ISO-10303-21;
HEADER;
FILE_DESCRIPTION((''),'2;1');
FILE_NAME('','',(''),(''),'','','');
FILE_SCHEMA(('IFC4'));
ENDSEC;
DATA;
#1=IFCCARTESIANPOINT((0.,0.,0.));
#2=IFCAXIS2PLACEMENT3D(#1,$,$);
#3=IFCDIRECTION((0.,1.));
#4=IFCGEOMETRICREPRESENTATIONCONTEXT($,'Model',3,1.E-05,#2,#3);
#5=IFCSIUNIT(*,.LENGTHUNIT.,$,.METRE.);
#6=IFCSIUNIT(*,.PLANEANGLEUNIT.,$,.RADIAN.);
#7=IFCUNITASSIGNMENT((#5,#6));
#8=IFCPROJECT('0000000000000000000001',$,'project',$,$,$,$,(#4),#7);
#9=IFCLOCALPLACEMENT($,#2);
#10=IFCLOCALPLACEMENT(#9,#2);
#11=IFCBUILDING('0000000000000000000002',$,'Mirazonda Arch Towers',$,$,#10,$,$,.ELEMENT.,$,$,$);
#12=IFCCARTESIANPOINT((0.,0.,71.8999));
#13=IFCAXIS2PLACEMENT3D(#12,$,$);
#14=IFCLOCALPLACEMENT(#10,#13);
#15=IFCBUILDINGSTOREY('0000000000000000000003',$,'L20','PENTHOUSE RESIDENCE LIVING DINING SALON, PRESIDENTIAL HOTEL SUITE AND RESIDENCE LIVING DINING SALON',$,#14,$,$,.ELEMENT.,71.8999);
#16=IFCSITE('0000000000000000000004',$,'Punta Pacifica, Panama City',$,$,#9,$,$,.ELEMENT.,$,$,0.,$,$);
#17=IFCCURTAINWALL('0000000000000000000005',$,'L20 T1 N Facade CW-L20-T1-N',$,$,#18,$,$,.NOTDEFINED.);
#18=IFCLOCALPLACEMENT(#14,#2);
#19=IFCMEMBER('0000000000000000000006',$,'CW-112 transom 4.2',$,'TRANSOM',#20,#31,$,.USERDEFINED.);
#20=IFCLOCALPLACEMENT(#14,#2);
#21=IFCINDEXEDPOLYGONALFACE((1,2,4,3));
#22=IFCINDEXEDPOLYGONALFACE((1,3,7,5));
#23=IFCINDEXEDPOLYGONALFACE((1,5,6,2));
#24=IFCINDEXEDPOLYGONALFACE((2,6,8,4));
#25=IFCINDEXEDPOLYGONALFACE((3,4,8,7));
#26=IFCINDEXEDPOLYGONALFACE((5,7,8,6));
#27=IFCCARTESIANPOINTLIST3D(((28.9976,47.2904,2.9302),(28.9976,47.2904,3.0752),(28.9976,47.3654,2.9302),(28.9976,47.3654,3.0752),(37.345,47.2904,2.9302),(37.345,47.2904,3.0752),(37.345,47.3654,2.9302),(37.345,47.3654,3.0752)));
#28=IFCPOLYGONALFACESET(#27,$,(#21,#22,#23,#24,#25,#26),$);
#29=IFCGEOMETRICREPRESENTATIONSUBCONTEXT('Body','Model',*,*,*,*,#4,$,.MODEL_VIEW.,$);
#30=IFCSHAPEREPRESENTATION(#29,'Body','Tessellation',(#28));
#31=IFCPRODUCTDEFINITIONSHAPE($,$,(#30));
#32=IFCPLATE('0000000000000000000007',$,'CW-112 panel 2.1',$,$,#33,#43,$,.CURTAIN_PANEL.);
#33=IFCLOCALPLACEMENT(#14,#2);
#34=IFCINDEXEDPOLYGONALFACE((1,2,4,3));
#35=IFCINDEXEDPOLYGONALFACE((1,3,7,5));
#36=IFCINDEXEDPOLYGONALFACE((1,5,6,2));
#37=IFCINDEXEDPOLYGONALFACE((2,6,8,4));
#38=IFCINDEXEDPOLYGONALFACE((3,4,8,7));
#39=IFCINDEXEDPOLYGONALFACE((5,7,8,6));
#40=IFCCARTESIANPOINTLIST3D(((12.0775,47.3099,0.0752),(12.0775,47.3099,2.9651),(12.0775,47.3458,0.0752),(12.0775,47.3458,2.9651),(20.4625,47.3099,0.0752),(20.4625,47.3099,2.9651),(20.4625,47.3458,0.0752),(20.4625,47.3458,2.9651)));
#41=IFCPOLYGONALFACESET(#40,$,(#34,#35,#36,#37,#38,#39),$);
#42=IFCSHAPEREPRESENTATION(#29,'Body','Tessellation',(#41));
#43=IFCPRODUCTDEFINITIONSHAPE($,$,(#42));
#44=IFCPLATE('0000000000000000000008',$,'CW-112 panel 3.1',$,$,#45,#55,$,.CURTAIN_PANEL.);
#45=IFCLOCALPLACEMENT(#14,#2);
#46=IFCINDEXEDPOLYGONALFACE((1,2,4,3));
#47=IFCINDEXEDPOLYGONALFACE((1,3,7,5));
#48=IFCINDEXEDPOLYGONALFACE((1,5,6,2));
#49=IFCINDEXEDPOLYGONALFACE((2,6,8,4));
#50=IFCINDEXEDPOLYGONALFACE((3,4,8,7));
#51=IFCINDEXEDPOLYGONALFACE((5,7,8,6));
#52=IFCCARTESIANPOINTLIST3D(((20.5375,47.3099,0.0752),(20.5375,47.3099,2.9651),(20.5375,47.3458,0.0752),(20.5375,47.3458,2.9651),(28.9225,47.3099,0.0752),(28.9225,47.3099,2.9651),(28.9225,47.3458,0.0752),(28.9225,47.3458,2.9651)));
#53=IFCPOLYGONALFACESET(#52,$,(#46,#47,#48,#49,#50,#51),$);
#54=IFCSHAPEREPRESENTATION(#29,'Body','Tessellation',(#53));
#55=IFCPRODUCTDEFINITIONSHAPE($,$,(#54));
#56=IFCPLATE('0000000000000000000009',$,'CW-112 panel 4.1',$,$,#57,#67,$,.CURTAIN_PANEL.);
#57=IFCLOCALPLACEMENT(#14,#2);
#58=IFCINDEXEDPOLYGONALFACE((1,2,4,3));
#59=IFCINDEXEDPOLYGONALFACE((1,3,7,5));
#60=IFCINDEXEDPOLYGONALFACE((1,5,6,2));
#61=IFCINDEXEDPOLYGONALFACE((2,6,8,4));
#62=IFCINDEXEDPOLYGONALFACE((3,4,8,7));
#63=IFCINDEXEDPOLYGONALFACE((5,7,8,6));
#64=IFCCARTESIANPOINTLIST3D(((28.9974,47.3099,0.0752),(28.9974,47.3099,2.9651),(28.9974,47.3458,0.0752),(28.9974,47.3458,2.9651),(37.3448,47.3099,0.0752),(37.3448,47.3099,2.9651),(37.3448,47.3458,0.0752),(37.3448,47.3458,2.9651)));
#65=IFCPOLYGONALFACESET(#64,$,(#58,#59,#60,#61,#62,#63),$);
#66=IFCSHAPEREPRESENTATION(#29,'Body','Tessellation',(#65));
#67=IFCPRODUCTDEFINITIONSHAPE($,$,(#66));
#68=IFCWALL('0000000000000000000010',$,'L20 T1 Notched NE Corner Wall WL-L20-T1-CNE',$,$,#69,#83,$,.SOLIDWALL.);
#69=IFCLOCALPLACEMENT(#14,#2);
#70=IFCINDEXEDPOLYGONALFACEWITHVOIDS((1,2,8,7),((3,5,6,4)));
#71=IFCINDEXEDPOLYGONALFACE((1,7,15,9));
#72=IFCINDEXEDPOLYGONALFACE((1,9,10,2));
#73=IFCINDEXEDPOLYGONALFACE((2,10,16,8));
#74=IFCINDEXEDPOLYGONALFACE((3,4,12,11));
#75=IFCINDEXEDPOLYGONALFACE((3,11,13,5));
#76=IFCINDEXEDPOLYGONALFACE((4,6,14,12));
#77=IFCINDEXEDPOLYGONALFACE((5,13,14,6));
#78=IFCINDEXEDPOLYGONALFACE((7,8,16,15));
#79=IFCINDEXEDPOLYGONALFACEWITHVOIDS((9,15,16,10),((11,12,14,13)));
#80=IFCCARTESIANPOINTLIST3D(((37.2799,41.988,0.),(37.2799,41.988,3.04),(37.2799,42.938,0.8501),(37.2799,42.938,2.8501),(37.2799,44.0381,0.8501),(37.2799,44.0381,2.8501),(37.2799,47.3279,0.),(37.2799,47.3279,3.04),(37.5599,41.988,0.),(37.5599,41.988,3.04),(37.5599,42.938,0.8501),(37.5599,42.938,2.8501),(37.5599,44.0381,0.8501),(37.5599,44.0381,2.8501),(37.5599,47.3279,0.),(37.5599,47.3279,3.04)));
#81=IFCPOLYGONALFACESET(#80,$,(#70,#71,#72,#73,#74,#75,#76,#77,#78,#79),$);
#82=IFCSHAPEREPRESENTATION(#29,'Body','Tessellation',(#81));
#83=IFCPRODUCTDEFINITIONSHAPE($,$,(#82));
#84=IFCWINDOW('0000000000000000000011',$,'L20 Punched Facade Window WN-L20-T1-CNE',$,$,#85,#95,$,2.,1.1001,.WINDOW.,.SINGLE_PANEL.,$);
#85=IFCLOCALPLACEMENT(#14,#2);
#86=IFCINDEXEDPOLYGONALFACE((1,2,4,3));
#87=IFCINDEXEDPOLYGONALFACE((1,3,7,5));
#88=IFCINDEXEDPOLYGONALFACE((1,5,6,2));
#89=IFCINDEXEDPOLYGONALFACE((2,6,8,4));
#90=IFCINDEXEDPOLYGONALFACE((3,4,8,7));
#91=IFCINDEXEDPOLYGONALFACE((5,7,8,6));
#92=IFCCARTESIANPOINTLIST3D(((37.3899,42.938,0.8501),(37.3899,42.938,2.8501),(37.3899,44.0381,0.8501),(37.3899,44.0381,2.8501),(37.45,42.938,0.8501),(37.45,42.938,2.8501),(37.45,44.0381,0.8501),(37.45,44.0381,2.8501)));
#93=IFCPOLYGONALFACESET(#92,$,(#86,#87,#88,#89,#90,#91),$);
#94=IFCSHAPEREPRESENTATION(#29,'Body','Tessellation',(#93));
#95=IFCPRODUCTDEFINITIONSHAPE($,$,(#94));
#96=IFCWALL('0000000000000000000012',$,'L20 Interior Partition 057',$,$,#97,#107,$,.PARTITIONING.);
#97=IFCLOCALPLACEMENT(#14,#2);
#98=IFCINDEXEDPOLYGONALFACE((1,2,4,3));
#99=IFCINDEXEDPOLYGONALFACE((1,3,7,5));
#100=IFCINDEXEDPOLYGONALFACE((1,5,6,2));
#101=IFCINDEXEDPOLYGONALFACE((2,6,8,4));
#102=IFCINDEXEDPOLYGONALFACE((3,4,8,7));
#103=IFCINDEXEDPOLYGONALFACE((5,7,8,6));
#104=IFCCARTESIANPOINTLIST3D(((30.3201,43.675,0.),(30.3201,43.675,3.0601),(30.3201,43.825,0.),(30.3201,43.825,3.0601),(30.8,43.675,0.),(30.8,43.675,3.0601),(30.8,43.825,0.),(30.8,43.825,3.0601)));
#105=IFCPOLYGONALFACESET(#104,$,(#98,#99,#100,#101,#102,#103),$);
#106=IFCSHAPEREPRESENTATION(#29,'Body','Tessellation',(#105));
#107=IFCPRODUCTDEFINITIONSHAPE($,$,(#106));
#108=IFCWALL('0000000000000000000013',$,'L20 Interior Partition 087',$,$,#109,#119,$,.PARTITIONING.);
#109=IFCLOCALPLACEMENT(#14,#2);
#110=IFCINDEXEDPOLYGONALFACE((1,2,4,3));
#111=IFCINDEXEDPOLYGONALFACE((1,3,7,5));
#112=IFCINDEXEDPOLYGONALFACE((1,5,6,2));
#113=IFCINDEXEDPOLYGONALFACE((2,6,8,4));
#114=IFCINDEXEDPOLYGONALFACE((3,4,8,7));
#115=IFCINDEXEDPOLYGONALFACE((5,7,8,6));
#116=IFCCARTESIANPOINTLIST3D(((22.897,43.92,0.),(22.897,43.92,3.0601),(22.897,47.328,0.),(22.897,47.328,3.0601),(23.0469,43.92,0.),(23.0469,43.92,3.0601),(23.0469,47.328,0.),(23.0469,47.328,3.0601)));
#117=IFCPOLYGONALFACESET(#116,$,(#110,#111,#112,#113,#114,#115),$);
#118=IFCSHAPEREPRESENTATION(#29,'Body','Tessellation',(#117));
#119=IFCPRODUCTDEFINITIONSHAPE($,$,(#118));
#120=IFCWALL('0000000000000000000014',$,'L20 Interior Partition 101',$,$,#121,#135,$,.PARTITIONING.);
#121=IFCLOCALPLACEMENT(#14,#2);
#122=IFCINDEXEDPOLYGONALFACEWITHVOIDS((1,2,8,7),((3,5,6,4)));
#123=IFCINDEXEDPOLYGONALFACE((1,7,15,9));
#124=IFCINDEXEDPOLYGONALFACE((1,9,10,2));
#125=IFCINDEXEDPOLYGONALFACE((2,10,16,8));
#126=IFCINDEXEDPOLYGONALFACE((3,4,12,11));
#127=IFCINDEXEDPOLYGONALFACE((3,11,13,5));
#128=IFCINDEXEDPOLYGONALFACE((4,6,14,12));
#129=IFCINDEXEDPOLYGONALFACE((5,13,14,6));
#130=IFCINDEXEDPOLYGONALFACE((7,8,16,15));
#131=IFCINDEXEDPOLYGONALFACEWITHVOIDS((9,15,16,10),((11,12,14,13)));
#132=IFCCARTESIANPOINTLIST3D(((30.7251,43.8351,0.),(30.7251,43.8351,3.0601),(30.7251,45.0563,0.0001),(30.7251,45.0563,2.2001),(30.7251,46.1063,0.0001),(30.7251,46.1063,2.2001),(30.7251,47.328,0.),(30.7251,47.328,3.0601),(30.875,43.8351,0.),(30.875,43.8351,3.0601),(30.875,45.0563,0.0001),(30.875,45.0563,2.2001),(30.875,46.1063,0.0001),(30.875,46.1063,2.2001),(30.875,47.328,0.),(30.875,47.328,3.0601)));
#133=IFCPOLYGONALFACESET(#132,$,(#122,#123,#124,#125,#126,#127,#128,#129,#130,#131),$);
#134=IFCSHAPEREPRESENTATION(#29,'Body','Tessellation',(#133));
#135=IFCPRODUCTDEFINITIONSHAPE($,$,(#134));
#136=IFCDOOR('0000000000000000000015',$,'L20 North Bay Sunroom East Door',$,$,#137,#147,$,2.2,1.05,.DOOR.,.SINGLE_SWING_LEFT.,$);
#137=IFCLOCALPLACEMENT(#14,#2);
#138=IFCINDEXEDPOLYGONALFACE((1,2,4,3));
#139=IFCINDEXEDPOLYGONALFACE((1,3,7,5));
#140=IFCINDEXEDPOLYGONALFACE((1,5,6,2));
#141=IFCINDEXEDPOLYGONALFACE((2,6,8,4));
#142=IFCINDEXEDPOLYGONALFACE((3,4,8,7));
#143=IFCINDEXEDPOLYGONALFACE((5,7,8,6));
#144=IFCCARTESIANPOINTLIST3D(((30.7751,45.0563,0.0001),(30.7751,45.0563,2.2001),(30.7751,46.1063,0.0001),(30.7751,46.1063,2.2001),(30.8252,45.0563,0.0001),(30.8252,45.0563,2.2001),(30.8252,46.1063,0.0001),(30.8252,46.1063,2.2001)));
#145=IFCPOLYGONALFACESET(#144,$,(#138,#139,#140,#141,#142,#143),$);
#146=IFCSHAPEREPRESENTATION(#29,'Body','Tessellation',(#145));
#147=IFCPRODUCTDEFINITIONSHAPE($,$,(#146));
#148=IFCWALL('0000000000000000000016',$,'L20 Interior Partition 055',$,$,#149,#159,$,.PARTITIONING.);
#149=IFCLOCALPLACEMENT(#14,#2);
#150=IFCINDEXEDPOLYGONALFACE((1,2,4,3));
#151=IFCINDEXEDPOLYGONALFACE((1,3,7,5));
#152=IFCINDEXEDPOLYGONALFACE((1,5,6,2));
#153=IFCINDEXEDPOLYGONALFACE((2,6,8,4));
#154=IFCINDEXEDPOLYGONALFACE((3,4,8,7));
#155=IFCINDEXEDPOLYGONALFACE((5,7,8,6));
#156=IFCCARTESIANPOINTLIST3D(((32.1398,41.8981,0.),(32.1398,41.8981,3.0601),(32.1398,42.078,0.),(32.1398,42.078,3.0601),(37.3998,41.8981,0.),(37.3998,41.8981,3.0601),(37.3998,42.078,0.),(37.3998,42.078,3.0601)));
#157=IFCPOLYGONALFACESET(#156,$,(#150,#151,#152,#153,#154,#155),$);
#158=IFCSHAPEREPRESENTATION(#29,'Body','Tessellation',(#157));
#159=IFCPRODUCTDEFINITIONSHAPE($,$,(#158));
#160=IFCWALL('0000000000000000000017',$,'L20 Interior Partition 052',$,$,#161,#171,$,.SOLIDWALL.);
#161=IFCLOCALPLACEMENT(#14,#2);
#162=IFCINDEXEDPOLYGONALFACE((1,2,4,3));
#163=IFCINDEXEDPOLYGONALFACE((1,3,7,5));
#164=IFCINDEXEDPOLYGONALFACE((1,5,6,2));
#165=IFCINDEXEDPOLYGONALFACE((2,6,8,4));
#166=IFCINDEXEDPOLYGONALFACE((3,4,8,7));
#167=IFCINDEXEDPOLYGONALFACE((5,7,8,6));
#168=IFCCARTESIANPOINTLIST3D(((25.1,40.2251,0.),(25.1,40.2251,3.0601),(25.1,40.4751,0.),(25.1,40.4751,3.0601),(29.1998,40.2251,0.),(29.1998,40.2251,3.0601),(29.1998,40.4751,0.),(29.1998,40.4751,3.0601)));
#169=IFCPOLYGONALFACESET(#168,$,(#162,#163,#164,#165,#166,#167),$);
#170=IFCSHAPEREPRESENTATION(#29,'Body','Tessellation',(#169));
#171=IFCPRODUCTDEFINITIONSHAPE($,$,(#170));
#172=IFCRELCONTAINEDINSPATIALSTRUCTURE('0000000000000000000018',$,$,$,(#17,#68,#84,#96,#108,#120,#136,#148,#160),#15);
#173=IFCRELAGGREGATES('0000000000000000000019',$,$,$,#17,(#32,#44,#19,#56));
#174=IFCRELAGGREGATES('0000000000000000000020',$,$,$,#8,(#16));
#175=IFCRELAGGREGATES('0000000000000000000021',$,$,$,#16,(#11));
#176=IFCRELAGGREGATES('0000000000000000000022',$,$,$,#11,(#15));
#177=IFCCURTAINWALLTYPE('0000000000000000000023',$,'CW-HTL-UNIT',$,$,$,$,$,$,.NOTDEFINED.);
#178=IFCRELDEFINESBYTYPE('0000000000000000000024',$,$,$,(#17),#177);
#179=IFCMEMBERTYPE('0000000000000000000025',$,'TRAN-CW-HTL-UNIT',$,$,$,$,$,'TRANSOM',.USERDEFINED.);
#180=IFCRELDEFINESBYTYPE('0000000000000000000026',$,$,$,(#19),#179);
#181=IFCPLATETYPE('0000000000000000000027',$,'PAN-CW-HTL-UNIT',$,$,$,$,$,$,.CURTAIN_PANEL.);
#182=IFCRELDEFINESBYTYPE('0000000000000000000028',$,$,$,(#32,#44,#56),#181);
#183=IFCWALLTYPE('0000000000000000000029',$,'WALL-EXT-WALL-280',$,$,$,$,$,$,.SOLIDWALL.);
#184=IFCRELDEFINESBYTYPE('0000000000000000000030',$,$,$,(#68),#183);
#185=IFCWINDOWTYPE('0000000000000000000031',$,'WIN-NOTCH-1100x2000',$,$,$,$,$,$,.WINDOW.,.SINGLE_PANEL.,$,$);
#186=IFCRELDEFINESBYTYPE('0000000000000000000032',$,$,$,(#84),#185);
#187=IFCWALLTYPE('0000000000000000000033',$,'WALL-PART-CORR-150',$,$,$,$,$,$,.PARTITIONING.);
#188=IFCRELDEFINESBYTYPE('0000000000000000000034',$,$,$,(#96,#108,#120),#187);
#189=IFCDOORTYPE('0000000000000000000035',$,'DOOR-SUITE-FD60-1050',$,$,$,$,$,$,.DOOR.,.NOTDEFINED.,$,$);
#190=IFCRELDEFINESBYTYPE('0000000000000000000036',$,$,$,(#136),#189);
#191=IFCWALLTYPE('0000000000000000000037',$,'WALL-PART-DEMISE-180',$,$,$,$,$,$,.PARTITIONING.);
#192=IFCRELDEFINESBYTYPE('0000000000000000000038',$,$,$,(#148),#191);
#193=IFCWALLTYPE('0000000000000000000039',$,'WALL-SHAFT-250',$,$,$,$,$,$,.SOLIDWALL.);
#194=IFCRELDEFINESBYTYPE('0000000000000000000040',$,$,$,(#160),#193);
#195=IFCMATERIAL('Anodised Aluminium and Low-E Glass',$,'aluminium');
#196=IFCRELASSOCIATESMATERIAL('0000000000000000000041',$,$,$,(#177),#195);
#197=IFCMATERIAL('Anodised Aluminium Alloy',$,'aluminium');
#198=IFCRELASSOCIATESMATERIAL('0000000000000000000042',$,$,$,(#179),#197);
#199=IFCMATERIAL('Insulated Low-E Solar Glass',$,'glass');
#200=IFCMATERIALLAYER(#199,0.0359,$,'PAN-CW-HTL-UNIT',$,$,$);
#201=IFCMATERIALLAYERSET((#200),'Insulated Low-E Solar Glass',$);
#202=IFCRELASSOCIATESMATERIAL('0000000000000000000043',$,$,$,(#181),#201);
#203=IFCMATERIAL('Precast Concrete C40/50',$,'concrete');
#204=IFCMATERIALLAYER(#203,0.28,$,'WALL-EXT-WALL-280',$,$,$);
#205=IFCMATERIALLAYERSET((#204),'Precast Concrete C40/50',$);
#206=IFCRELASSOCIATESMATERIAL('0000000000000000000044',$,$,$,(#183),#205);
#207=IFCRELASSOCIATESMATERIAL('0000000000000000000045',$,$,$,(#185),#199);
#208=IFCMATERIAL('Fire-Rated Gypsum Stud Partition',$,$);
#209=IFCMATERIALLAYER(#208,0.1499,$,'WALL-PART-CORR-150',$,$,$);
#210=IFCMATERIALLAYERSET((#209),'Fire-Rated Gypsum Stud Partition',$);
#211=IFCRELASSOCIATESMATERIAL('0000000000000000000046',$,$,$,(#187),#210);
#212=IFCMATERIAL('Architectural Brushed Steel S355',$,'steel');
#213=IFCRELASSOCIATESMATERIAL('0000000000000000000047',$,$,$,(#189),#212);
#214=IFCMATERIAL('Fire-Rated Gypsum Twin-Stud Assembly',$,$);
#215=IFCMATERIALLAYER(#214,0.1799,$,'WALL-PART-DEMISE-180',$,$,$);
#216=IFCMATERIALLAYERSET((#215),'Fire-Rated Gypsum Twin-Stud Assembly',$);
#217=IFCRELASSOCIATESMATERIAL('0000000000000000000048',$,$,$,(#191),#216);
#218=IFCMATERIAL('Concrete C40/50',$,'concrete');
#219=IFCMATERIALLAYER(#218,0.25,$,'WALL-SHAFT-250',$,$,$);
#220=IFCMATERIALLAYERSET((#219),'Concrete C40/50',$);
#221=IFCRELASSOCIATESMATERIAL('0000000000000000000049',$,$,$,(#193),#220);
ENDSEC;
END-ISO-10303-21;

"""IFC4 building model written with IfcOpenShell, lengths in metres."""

from ifc_helpers import new_model, si_unit, direction, frame, frame_2d, origin, origin_2d, place, context, subcontext, project, spatial, rectangle, extrude, material, layer, layer_set, material_profile, profile_set, type_object, element, fill, aggregate, save


model = new_model("IFC4")

# Units and contexts
model_context = context("Model", 3, precision=1e-05, world=origin(), true_north=direction((0.0, 1.0)))
body_context = subcontext(model_context, "Body", "Model", "MODEL_VIEW")
ifc_project = project(units=[si_unit("LENGTHUNIT", "METRE"), si_unit("PLANEANGLEUNIT", "RADIAN")], contexts=[model_context])

# Site, building, storey
site_placement = place(None, origin())
site = spatial("IfcSite", under=ifc_project, at=site_placement, Name="Punta Pacifica, Panama City", CompositionType="ELEMENT", RefElevation=0.0)
building_placement = place(site_placement, origin())
building = spatial("IfcBuilding", under=site, at=building_placement, Name="Mirazonda Arch Towers", CompositionType="ELEMENT")
storey_placement = place(building_placement, frame((0.0, 0.0, 71.8999)))
storey = spatial("IfcBuildingStorey", under=building, at=storey_placement, Name="L20", Description="PENTHOUSE RESIDENCE LIVING DINING SALON, PRESIDENTIAL HOTEL SUITE AND RESIDENCE LIVING DINING SALON", CompositionType="ELEMENT", Elevation=71.8999)

# Curtain wall, member, plates
ifc_material_1 = material(Name="Anodised Aluminium and Low-E Glass", Category="aluminium")
curtain_wall_type = type_object("IfcCurtainWallType", Name="CW-HTL-UNIT", PredefinedType="NOTDEFINED", material=ifc_material_1)
curtain_wall_placement = place(storey_placement, origin())
curtain_wall = element("IfcCurtainWall", 1, at=curtain_wall_placement, inside=storey, type_object=curtain_wall_type, Name="L20 T1 N Facade CW-L20-T1-N", PredefinedType="NOTDEFINED")
ifc_material_2 = material(Name="Anodised Aluminium Alloy", Category="aluminium")
ifc_material_profile_1 = material_profile(ifc_material_2, rectangle(XDim=0.075, YDim=0.145, at=origin_2d()), Name="ALU-TRAN-75x145")
ifc_profile_set_1 = profile_set([ifc_material_profile_1], Name="Anodised Aluminium Alloy")
member_type_1 = type_object("IfcMemberType", Name="TRAN-CW-HTL-UNIT", ElementType="TRANSOM", PredefinedType="USERDEFINED", material=ifc_profile_set_1)
member_1_placement = place(storey_placement, frame((28.9976, 47.3279, 3.0027), z_axis=(1.0, 0.0, 0.0), x_axis=(0.0, 1.0, 0.0)))
member_1 = element("IfcMember", 2, at=member_1_placement, type_object=member_type_1, Name="CW-112 transom 4.2", ObjectType="TRANSOM", PredefinedType="USERDEFINED", context=body_context, shape_type="SweptSolid", body=[
    extrude(rectangle(XDim=0.075, YDim=0.145, at=origin_2d()), origin(), (0.0, 0.0, 1.0), 8.3474),
])
ifc_material_3 = material(Name="Insulated Low-E Solar Glass", Category="glass")
ifc_layer_1 = layer(ifc_material_3, 0.0359, Name="PAN-CW-HTL-UNIT")
ifc_layer_set_1 = layer_set([ifc_layer_1], Name="Insulated Low-E Solar Glass")
plate_type = type_object("IfcPlateType", Name="PAN-CW-HTL-UNIT", PredefinedType="CURTAIN_PANEL", material=ifc_layer_set_1)
plate_1_placement = place(storey_placement, frame((16.27, 47.3279, 0.0752), z_axis=(0.0, 0.0, 1.0), x_axis=(1.0, 0.0, 0.0)))
plate_1 = element("IfcPlate", 3, at=plate_1_placement, type_object=plate_type, Name="CW-112 panel 2.1", PredefinedType="CURTAIN_PANEL", context=body_context, shape_type="SweptSolid", body=[
    extrude(rectangle(XDim=8.385, YDim=0.0359, at=origin_2d()), origin(), (0.0, 0.0, 1.0), 2.8899),
])
plate_2_placement = place(storey_placement, frame((24.73, 47.3279, 0.0752), z_axis=(0.0, 0.0, 1.0), x_axis=(1.0, 0.0, 0.0)))
plate_2 = element("IfcPlate", 4, at=plate_2_placement, type_object=plate_type, Name="CW-112 panel 3.1", PredefinedType="CURTAIN_PANEL", context=body_context, shape_type="SweptSolid", body=[
    extrude(rectangle(XDim=8.385, YDim=0.0359, at=origin_2d()), origin(), (0.0, 0.0, 1.0), 2.8899),
])
plate_3_placement = place(storey_placement, frame((33.1711, 47.3279, 0.0752), z_axis=(0.0, 0.0, 1.0), x_axis=(1.0, 0.0, 0.0)))
plate_3 = element("IfcPlate", 5, at=plate_3_placement, type_object=plate_type, Name="CW-112 panel 4.1", PredefinedType="CURTAIN_PANEL", context=body_context, shape_type="SweptSolid", body=[
    extrude(rectangle(XDim=8.3474, YDim=0.0359, at=origin_2d()), origin(), (0.0, 0.0, 1.0), 2.8899),
])
aggregate(curtain_wall, [plate_1, plate_2, member_1, plate_3])

# Wall, opening, window
ifc_material_4 = material(Name="Precast Concrete C40/50", Category="concrete")
ifc_layer_2 = layer(ifc_material_4, 0.28, Name="WALL-EXT-WALL-280")
ifc_layer_set_2 = layer_set([ifc_layer_2], Name="Precast Concrete C40/50")
wall_type_1 = type_object("IfcWallType", Name="WALL-EXT-WALL-280", PredefinedType="SOLIDWALL", material=ifc_layer_set_2)
wall_1_placement = place(storey_placement, frame((37.4199, 41.988, 0.0), z_axis=(0.0, 0.0, 1.0), x_axis=(0.0, 1.0, 0.0)))
wall_1 = element("IfcWall", 6, at=wall_1_placement, inside=storey, type_object=wall_type_1, Name="L20 T1 Notched NE Corner Wall WL-L20-T1-CNE", PredefinedType="SOLIDWALL", context=body_context, shape_type="SweptSolid", body=[
    extrude(rectangle(XDim=5.3398, YDim=0.28, at=frame_2d((2.6699, 0.0))), origin(), (0.0, 0.0, 1.0), 3.04),
])
opening_1_placement = place(wall_1_placement, frame((0.95, 0.0, 0.8501)))
opening_1 = element("IfcOpeningElement", 7, at=opening_1_placement, cuts=wall_1, PredefinedType="OPENING", context=body_context, shape_type="SweptSolid", body=[
    extrude(rectangle(XDim=1.1001, YDim=2.0, at=frame_2d((0.55, 1.0))), frame((0.0, 0.1499, 0.0), z_axis=(0.0, -1.0, 0.0), x_axis=(1.0, 0.0, 0.0)), (0.0, 0.0, 1.0), 0.3),
])
window_type = type_object("IfcWindowType", Name="WIN-NOTCH-1100x2000", PartitioningType="SINGLE_PANEL", PredefinedType="WINDOW", material=ifc_material_3)
window_placement = place(opening_1_placement, origin())
window = element("IfcWindow", 8, at=window_placement, inside=storey, type_object=window_type, Name="L20 Punched Facade Window WN-L20-T1-CNE", OverallHeight=2.0, OverallWidth=1.1001, PartitioningType="SINGLE_PANEL", PredefinedType="WINDOW", context=body_context, shape_type="SweptSolid", body=[
    extrude(rectangle(XDim=1.1001, YDim=2.0, at=frame_2d((0.55, 1.0))), frame((0.0, 0.03, 0.0), z_axis=(0.0, -1.0, 0.0), x_axis=(1.0, 0.0, 0.0)), (0.0, 0.0, 1.0), 0.0601),
])
fill(opening_1, window)

# Walls
ifc_material_5 = material(Name="Fire-Rated Gypsum Stud Partition")
ifc_layer_3 = layer(ifc_material_5, 0.1499, Name="WALL-PART-CORR-150")
ifc_layer_set_3 = layer_set([ifc_layer_3], Name="Fire-Rated Gypsum Stud Partition")
wall_type_2 = type_object("IfcWallType", Name="WALL-PART-CORR-150", PredefinedType="PARTITIONING", material=ifc_layer_set_3)
wall_2_placement = place(storey_placement, frame((30.3201, 43.75, 0.0), z_axis=(0.0, 0.0, 1.0), x_axis=(1.0, 0.0, 0.0)))
element("IfcWall", 9, at=wall_2_placement, inside=storey, type_object=wall_type_2, Name="L20 Interior Partition 057", PredefinedType="PARTITIONING", context=body_context, shape_type="SweptSolid", body=[
    extrude(rectangle(XDim=0.48, YDim=0.1499, at=frame_2d((0.24, 0.0))), origin(), (0.0, 0.0, 1.0), 3.0601),
])
wall_3_placement = place(storey_placement, frame((22.9719, 43.9199, 0.0), z_axis=(0.0, 0.0, 1.0), x_axis=(0.0, 1.0, 0.0)))
element("IfcWall", 10, at=wall_3_placement, inside=storey, type_object=wall_type_2, Name="L20 Interior Partition 087", PredefinedType="PARTITIONING", context=body_context, shape_type="SweptSolid", body=[
    extrude(rectangle(XDim=3.408, YDim=0.1499, at=frame_2d((1.7041, 0.0))), origin(), (0.0, 0.0, 1.0), 3.0601),
])

# Wall, opening, door
wall_4_placement = place(storey_placement, frame((30.8, 43.835, 0.0), z_axis=(0.0, 0.0, 1.0), x_axis=(0.0, 1.0, 0.0)))
wall_4 = element("IfcWall", 11, at=wall_4_placement, inside=storey, type_object=wall_type_2, Name="L20 Interior Partition 101", PredefinedType="PARTITIONING", context=body_context, shape_type="SweptSolid", body=[
    extrude(rectangle(XDim=3.4929, YDim=0.1499, at=frame_2d((1.7466, 0.0))), origin(), (0.0, 0.0, 1.0), 3.0601),
])
opening_2_placement = place(wall_4_placement, frame((1.2214, 0.0, 0.0)))
opening_2 = element("IfcOpeningElement", 12, at=opening_2_placement, cuts=wall_4, PredefinedType="OPENING", context=body_context, shape_type="SweptSolid", body=[
    extrude(rectangle(XDim=1.05, YDim=2.2, at=frame_2d((0.5249, 1.1001))), frame((0.0, 0.085, 0.0), z_axis=(0.0, -1.0, 0.0), x_axis=(1.0, 0.0, 0.0)), (0.0, 0.0, 1.0), 0.1699),
])
ifc_material_6 = material(Name="Architectural Brushed Steel S355", Category="steel")
door_type_1 = type_object("IfcDoorType", Name="DOOR-SUITE-FD60-1050", OperationType="NOTDEFINED", PredefinedType="DOOR", material=ifc_material_6)
door_1_placement = place(opening_2_placement, origin())
door_1 = element("IfcDoor", 13, at=door_1_placement, inside=storey, type_object=door_type_1, Name="L20 North Bay Sunroom East Door", OperationType="SINGLE_SWING_LEFT", OverallHeight=2.2, OverallWidth=1.05, PredefinedType="DOOR", context=body_context, shape_type="SweptSolid", body=[
    extrude(rectangle(XDim=1.05, YDim=2.2, at=frame_2d((0.5249, 1.1001))), frame((0.0, 0.0249, 0.0), z_axis=(0.0, -1.0, 0.0), x_axis=(1.0, 0.0, 0.0)), (0.0, 0.0, 1.0), 0.05),
])
fill(opening_2, door_1)

# Wall
ifc_material_7 = material(Name="Fire-Rated Gypsum Twin-Stud Assembly")
ifc_layer_4 = layer(ifc_material_7, 0.1799, Name="WALL-PART-DEMISE-180")
ifc_layer_set_4 = layer_set([ifc_layer_4], Name="Fire-Rated Gypsum Twin-Stud Assembly")
wall_type_3 = type_object("IfcWallType", Name="WALL-PART-DEMISE-180", PredefinedType="PARTITIONING", material=ifc_layer_set_4)
wall_5_placement = place(storey_placement, frame((32.1399, 41.988, 0.0), z_axis=(0.0, 0.0, 1.0), x_axis=(1.0, 0.0, 0.0)))
element("IfcWall", 14, at=wall_5_placement, inside=storey, type_object=wall_type_3, Name="L20 Interior Partition 055", PredefinedType="PARTITIONING", context=body_context, shape_type="SweptSolid", body=[
    extrude(rectangle(XDim=5.26, YDim=0.1799, at=frame_2d((2.6299, 0.0))), origin(), (0.0, 0.0, 1.0), 3.0601),
])

# Wall
ifc_material_8 = material(Name="Concrete C40/50", Category="concrete")
ifc_layer_5 = layer(ifc_material_8, 0.25, Name="WALL-SHAFT-250")
ifc_layer_set_5 = layer_set([ifc_layer_5], Name="Concrete C40/50")
wall_type_4 = type_object("IfcWallType", Name="WALL-SHAFT-250", PredefinedType="SOLIDWALL", material=ifc_layer_set_5)
wall_6_placement = place(storey_placement, frame((25.1001, 40.3501, 0.0), z_axis=(0.0, 0.0, 1.0), x_axis=(1.0, 0.0, 0.0)))
element("IfcWall", 15, at=wall_6_placement, inside=storey, type_object=wall_type_4, Name="L20 Interior Partition 052", PredefinedType="SOLIDWALL", context=body_context, shape_type="SweptSolid", body=[
    extrude(rectangle(XDim=4.0999, YDim=0.25, at=frame_2d((2.0498, 0.0))), origin(), (0.0, 0.0, 1.0), 3.0601),
])

save(model, "model.ifc")
